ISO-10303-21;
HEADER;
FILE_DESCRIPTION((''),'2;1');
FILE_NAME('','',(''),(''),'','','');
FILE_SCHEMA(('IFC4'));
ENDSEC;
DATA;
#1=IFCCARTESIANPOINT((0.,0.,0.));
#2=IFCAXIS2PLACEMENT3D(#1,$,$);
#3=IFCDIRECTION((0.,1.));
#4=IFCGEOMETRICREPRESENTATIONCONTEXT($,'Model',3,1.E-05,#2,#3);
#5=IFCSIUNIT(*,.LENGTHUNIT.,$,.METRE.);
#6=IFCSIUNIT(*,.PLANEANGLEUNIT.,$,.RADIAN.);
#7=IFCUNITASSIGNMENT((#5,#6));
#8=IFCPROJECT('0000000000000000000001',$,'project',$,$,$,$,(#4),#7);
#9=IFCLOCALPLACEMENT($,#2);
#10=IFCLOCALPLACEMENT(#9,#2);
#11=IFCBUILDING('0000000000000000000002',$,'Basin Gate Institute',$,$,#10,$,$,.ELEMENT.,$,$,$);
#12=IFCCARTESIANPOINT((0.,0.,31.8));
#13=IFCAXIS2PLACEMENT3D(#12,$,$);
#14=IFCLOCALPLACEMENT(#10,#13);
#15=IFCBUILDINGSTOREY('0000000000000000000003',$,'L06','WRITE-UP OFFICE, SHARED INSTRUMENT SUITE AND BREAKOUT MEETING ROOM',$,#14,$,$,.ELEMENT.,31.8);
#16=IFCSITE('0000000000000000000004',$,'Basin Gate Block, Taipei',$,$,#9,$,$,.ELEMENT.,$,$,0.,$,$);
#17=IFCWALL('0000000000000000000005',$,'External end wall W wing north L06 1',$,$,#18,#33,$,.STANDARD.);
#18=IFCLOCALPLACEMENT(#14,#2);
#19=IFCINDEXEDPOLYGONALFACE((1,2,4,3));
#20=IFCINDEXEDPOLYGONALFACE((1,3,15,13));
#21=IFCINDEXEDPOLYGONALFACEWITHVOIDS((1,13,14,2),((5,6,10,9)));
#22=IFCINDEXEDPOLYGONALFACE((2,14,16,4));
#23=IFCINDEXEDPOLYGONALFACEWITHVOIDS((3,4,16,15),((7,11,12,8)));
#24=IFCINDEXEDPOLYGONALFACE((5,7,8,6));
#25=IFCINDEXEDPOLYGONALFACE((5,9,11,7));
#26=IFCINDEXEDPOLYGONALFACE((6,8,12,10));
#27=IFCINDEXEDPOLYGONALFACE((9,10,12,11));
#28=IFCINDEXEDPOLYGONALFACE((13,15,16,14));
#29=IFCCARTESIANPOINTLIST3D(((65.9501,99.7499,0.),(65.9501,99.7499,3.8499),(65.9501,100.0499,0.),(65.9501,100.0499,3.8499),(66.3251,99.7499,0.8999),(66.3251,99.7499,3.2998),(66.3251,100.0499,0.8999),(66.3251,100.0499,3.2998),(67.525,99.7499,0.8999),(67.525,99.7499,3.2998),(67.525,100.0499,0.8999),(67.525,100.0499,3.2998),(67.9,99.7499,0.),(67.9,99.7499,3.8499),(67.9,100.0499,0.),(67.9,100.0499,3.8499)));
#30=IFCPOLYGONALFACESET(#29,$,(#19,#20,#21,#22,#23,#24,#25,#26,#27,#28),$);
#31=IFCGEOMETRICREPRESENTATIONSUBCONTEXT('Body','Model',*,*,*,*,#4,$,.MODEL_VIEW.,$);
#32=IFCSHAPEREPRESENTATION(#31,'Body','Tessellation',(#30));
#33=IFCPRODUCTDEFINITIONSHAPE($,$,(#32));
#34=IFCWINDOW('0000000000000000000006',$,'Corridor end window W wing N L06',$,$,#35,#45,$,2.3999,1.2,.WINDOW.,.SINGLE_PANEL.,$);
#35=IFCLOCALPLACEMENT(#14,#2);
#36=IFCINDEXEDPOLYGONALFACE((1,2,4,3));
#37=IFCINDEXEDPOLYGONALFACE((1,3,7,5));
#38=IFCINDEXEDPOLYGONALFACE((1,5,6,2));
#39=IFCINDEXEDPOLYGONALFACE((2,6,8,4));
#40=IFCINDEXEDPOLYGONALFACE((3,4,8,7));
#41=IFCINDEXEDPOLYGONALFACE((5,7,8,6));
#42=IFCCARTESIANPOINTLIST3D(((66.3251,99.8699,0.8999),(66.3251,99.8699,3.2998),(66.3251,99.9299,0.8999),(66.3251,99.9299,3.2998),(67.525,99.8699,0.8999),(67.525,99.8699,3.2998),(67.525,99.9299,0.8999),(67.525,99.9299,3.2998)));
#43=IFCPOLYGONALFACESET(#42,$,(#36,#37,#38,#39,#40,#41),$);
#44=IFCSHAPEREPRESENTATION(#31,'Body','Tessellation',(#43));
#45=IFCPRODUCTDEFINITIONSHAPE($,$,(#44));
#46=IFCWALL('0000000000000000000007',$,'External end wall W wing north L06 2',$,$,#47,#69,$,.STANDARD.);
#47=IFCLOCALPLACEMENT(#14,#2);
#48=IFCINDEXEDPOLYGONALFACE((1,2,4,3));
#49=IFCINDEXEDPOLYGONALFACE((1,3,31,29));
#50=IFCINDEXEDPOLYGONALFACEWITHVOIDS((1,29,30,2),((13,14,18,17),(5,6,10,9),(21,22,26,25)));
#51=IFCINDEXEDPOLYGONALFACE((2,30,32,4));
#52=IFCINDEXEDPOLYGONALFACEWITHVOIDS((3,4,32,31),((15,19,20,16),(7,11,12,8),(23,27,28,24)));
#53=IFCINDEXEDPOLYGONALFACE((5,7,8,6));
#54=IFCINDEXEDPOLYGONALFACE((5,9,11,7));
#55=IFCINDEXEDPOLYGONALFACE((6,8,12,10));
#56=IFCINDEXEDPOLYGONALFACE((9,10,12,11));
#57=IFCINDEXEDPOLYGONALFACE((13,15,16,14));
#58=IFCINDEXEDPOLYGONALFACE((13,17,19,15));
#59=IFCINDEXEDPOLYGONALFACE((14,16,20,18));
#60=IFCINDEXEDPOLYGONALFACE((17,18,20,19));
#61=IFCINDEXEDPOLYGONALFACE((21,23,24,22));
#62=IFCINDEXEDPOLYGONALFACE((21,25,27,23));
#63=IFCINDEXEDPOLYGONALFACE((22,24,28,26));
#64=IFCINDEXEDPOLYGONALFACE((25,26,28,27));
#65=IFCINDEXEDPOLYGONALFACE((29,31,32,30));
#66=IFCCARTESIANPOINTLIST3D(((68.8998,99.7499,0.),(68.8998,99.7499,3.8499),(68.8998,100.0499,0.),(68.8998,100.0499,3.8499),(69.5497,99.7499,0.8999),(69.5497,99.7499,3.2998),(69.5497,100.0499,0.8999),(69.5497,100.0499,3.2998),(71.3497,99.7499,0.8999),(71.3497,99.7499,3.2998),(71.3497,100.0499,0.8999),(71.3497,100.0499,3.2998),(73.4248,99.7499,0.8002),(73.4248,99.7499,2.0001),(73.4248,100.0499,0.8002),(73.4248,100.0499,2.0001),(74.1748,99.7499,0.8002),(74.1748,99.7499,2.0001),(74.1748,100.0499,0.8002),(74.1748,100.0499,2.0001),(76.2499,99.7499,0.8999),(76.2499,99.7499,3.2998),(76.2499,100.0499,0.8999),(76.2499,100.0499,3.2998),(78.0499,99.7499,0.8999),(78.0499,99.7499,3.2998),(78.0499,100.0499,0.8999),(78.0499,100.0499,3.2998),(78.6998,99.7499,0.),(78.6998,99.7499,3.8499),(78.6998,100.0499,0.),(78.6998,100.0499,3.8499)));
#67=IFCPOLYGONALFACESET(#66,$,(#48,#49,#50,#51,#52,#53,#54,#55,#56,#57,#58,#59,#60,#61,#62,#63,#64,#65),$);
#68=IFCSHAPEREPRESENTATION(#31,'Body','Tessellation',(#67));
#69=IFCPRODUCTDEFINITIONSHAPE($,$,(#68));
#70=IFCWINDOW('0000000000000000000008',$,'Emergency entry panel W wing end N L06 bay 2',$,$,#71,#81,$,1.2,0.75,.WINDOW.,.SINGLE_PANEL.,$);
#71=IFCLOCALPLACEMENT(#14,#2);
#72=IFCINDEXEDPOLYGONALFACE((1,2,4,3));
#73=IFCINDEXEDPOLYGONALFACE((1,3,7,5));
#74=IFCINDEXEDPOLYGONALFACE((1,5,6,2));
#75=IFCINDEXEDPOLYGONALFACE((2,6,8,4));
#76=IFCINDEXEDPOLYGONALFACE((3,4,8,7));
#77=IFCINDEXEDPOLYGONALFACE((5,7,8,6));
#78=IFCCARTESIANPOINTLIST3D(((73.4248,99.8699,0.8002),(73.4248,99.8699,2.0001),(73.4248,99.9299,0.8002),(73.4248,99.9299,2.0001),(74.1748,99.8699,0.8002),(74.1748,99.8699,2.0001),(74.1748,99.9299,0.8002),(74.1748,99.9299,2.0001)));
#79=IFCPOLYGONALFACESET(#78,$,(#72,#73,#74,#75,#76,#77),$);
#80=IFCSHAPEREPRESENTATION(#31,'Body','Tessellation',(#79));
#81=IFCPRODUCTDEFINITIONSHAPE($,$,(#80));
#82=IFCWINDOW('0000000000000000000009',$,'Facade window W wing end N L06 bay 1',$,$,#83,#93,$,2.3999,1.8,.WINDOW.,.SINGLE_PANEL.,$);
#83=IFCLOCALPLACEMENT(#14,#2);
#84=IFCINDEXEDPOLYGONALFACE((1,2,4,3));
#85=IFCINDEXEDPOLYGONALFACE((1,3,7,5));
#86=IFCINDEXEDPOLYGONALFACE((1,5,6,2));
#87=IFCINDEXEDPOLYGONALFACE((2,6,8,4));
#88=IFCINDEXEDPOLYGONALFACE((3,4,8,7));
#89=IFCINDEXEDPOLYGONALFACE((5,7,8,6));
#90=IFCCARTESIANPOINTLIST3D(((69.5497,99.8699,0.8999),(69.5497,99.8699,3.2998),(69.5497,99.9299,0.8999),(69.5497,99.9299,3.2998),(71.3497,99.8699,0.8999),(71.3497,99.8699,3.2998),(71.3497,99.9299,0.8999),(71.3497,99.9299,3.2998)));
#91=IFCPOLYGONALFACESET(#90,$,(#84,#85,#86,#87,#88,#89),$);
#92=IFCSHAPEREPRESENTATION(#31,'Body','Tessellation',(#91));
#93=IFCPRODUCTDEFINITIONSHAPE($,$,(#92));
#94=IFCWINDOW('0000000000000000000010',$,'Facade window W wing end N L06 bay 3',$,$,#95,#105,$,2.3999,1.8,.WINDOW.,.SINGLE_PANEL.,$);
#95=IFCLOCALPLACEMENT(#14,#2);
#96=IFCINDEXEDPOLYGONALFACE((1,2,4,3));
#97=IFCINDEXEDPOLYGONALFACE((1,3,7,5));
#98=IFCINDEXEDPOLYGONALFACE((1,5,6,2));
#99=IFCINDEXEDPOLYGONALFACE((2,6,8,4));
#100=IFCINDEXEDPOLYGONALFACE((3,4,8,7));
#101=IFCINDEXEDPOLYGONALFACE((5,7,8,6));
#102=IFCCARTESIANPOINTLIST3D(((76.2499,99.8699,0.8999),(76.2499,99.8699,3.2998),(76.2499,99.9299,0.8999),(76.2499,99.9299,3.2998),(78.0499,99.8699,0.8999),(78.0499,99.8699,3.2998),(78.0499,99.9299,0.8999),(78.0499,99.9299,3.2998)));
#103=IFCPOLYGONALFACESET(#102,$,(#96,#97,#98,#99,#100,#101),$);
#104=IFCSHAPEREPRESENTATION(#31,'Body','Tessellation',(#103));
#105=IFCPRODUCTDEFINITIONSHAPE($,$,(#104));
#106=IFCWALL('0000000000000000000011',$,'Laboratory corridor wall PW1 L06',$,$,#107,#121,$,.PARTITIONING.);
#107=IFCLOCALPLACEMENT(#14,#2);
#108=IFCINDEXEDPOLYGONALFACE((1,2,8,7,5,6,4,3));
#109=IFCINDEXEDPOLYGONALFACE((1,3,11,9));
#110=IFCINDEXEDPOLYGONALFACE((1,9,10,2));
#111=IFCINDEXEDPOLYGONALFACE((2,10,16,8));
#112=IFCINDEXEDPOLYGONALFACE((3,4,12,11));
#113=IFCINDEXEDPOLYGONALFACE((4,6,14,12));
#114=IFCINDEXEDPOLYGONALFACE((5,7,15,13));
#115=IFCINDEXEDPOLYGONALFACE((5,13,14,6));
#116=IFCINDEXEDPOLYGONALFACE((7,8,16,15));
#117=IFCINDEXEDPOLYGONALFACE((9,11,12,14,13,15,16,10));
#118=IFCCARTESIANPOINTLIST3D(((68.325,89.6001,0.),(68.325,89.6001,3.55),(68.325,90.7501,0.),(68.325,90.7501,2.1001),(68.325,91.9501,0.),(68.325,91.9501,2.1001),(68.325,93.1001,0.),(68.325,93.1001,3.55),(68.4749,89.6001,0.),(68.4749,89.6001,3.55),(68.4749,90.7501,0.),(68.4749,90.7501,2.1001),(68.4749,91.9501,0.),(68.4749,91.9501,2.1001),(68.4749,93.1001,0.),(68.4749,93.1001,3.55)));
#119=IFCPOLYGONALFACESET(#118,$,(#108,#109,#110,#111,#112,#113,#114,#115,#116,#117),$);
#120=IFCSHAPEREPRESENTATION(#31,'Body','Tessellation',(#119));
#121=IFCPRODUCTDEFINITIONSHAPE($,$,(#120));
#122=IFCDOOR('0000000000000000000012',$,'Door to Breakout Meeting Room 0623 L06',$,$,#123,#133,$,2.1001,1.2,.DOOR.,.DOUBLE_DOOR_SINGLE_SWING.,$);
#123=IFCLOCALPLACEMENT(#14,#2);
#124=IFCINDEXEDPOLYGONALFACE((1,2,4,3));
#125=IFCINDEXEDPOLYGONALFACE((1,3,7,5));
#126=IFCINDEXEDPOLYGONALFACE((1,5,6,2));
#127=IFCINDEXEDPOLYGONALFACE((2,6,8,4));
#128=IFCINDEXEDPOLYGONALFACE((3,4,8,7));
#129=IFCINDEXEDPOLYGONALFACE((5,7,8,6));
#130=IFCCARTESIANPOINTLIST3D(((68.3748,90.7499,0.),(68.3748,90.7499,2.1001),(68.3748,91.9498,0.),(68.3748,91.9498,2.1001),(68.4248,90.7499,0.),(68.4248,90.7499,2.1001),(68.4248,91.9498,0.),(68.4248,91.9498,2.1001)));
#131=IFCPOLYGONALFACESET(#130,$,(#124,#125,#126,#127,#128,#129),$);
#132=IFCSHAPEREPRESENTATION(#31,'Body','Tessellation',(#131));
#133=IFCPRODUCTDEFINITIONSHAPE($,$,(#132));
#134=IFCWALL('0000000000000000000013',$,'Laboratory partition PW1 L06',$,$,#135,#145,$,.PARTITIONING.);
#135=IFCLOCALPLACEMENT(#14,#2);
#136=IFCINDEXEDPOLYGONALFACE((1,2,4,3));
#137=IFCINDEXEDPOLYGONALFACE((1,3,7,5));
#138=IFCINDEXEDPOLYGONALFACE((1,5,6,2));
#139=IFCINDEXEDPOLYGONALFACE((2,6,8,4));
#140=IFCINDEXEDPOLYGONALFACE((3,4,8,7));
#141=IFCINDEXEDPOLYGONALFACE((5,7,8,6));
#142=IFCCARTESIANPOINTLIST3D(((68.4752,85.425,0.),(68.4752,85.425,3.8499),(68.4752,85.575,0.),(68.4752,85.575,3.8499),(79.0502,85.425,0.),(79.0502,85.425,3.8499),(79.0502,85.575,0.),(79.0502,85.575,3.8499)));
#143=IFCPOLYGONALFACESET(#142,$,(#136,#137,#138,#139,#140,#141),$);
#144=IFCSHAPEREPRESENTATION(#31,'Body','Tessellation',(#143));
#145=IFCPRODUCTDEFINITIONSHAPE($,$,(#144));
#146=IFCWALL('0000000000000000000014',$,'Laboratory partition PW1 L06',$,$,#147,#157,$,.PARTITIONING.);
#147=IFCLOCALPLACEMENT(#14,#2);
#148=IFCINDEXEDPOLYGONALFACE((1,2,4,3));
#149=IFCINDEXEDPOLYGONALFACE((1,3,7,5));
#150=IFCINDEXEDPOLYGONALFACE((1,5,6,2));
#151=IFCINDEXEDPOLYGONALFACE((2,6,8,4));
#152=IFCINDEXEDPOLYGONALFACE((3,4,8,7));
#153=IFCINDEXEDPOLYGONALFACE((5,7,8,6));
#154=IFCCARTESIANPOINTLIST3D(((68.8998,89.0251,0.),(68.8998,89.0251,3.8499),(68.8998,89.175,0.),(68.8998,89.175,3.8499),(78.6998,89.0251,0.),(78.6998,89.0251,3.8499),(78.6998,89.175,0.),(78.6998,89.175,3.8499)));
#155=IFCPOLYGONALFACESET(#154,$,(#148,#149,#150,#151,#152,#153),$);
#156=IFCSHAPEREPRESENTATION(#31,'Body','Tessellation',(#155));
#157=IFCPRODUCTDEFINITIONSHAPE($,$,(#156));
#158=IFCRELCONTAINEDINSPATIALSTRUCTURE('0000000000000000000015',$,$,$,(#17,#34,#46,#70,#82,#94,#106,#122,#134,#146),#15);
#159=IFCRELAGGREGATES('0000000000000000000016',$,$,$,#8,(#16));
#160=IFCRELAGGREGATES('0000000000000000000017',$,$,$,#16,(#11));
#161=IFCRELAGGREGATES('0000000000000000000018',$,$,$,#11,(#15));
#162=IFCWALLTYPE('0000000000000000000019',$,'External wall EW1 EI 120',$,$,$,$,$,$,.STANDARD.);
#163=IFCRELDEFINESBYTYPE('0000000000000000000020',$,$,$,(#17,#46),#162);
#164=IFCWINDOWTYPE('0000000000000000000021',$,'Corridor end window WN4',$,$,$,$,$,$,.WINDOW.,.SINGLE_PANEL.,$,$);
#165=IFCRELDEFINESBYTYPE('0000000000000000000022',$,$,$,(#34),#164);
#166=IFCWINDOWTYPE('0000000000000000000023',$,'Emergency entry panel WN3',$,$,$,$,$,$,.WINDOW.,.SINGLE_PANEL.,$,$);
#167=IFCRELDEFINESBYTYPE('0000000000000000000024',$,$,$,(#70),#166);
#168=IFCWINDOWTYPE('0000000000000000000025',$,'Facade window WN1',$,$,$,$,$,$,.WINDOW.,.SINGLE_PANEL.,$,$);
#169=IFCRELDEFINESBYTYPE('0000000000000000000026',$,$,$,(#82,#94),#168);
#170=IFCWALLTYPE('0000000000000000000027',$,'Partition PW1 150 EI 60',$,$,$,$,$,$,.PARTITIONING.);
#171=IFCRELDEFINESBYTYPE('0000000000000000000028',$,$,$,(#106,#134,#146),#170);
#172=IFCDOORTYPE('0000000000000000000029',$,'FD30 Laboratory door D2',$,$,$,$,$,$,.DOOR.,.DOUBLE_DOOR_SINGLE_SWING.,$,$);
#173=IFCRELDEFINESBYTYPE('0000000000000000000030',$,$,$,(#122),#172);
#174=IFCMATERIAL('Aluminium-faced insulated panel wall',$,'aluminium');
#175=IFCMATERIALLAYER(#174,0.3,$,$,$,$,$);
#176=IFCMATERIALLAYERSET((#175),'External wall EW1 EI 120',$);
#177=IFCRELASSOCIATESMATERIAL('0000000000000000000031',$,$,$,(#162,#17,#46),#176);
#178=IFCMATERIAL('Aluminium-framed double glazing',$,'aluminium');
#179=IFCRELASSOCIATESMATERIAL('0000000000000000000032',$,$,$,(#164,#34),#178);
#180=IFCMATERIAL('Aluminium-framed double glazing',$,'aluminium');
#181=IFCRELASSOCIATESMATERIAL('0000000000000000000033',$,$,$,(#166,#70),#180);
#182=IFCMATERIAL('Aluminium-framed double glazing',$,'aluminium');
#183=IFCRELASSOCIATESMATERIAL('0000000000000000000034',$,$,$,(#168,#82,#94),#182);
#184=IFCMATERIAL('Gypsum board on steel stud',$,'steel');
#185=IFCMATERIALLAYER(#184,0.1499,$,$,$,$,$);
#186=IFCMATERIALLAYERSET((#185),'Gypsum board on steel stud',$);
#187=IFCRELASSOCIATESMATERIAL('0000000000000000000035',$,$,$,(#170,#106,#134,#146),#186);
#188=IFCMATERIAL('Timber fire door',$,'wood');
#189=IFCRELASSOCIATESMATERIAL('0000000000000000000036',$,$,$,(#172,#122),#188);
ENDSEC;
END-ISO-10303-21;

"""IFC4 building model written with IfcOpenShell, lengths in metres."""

from ifc_helpers import new_model, si_unit, direction, frame, frame_2d, origin, place, context, subcontext, project, spatial, rectangle, extrude, material, layer, layer_set, type_object, element, fill, save


model = new_model("IFC4")

# Units and contexts
model_context = context("Model", 3, precision=1e-05, world=origin(), true_north=direction((0.0, 1.0)))
body_context = subcontext(model_context, "Body", "Model", "MODEL_VIEW")
ifc_project = project(units=[si_unit("LENGTHUNIT", "METRE"), si_unit("PLANEANGLEUNIT", "RADIAN")], contexts=[model_context])

# Site, building, storey
site_placement = place(None, origin())
site = spatial("IfcSite", under=ifc_project, at=site_placement, Name="Basin Gate Block, Taipei", CompositionType="ELEMENT", RefElevation=0.0)
building_placement = place(site_placement, origin())
building = spatial("IfcBuilding", under=site, at=building_placement, Name="Basin Gate Institute", CompositionType="ELEMENT")
storey_placement = place(building_placement, frame((0.0, 0.0, 31.8)))
storey = spatial("IfcBuildingStorey", under=building, at=storey_placement, Name="L06", Description="WRITE-UP OFFICE, SHARED INSTRUMENT SUITE AND BREAKOUT MEETING ROOM", CompositionType="ELEMENT", Elevation=31.8)

# Wall, opening, window
ifc_material_1 = material(Name="Aluminium-faced insulated panel wall", Category="aluminium")
ifc_layer_1 = layer(ifc_material_1, 0.3)
ifc_layer_set_1 = layer_set([ifc_layer_1], Name="External wall EW1 EI 120")
wall_type_1 = type_object("IfcWallType", Name="External wall EW1 EI 120", PredefinedType="STANDARD", material=ifc_layer_set_1)
wall_1_placement = place(storey_placement, frame((65.95, 99.8999, 0.0), z_axis=(0.0, 0.0, 1.0), x_axis=(1.0, 0.0, 0.0)))
wall_1 = element("IfcWall", 1, at=wall_1_placement, inside=storey, type_object=wall_type_1, material=ifc_layer_set_1, Name="External end wall W wing north L06 1", PredefinedType="STANDARD", context=body_context, shape_type="SweptSolid", body=[
    extrude(rectangle(XDim=1.95, YDim=0.3, at=frame_2d((0.9751, 0.0))), origin(), (0.0, 0.0, 1.0), 3.8499),
])
opening_1_placement = place(wall_1_placement, frame((0.375, 0.0, 0.8999)))
opening_1 = element("IfcOpeningElement", 2, at=opening_1_placement, cuts=wall_1, PredefinedType="OPENING", context=body_context, shape_type="SweptSolid", body=[
    extrude(rectangle(XDim=1.2, YDim=2.3999, at=frame_2d((0.6001, 1.2))), frame((0.0, 0.1602, 0.0), z_axis=(0.0, -1.0, 0.0), x_axis=(1.0, 0.0, 0.0)), (0.0, 0.0, 1.0), 0.3201),
])
ifc_material_2 = material(Name="Aluminium-framed double glazing", Category="aluminium")
window_type_1 = type_object("IfcWindowType", Name="Corridor end window WN4", PartitioningType="SINGLE_PANEL", PredefinedType="WINDOW", material=ifc_material_2)
window_1_placement = place(opening_1_placement, origin())
window_1 = element("IfcWindow", 3, at=window_1_placement, inside=storey, type_object=window_type_1, material=ifc_material_2, Name="Corridor end window W wing N L06", OverallHeight=2.3999, OverallWidth=1.2, PartitioningType="SINGLE_PANEL", PredefinedType="WINDOW", context=body_context, shape_type="SweptSolid", body=[
    extrude(rectangle(XDim=1.2, YDim=2.3999, at=frame_2d((0.6001, 1.2))), frame((0.0, 0.03, 0.0), z_axis=(0.0, -1.0, 0.0), x_axis=(1.0, 0.0, 0.0)), (0.0, 0.0, 1.0), 0.0601),
])
fill(opening_1, window_1)

# Wall, openings, windows
wall_2_placement = place(storey_placement, frame((68.8999, 99.8999, 0.0), z_axis=(0.0, 0.0, 1.0), x_axis=(1.0, 0.0, 0.0)))
wall_2 = element("IfcWall", 4, at=wall_2_placement, inside=storey, type_object=wall_type_1, material=ifc_layer_set_1, Name="External end wall W wing north L06 2", PredefinedType="STANDARD", context=body_context, shape_type="SweptSolid", body=[
    extrude(rectangle(XDim=9.8, YDim=0.3, at=frame_2d((4.8999, 0.0))), origin(), (0.0, 0.0, 1.0), 3.8499),
])
opening_2_placement = place(wall_2_placement, frame((0.6499, 0.0, 0.8999)))
opening_2 = element("IfcOpeningElement", 5, at=opening_2_placement, cuts=wall_2, PredefinedType="OPENING", context=body_context, shape_type="SweptSolid", body=[
    extrude(rectangle(XDim=1.8, YDim=2.3999, at=frame_2d((0.8999, 1.2))), frame((0.0, 0.1602, 0.0), z_axis=(0.0, -1.0, 0.0), x_axis=(1.0, 0.0, 0.0)), (0.0, 0.0, 1.0), 0.3201),
])
opening_3_placement = place(wall_2_placement, frame((4.5249, 0.0, 0.8)))
opening_3 = element("IfcOpeningElement", 6, at=opening_3_placement, cuts=wall_2, PredefinedType="OPENING", context=body_context, shape_type="SweptSolid", body=[
    extrude(rectangle(XDim=0.75, YDim=1.2, at=frame_2d((0.375, 0.6001))), frame((0.0, 0.1602, 0.0), z_axis=(0.0, -1.0, 0.0), x_axis=(1.0, 0.0, 0.0)), (0.0, 0.0, 1.0), 0.3201),
])
opening_4_placement = place(wall_2_placement, frame((7.3501, 0.0, 0.8999)))
opening_4 = element("IfcOpeningElement", 7, at=opening_4_placement, cuts=wall_2, PredefinedType="OPENING", context=body_context, shape_type="SweptSolid", body=[
    extrude(rectangle(XDim=1.8, YDim=2.3999, at=frame_2d((0.8999, 1.2))), frame((0.0, 0.1602, 0.0), z_axis=(0.0, -1.0, 0.0), x_axis=(1.0, 0.0, 0.0)), (0.0, 0.0, 1.0), 0.3201),
])
ifc_material_3 = material(Name="Aluminium-framed double glazing", Category="aluminium")
window_type_2 = type_object("IfcWindowType", Name="Emergency entry panel WN3", PartitioningType="SINGLE_PANEL", PredefinedType="WINDOW", material=ifc_material_3)
window_2_placement = place(opening_3_placement, origin())
window_2 = element("IfcWindow", 8, at=window_2_placement, inside=storey, type_object=window_type_2, material=ifc_material_3, Name="Emergency entry panel W wing end N L06 bay 2", OverallHeight=1.2, OverallWidth=0.75, PartitioningType="SINGLE_PANEL", PredefinedType="WINDOW", context=body_context, shape_type="SweptSolid", body=[
    extrude(rectangle(XDim=0.75, YDim=1.2, at=frame_2d((0.375, 0.6001))), frame((0.0, 0.03, 0.0), z_axis=(0.0, -1.0, 0.0), x_axis=(1.0, 0.0, 0.0)), (0.0, 0.0, 1.0), 0.0601),
])
fill(opening_3, window_2)
ifc_material_4 = material(Name="Aluminium-framed double glazing", Category="aluminium")
window_type_3 = type_object("IfcWindowType", Name="Facade window WN1", PartitioningType="SINGLE_PANEL", PredefinedType="WINDOW", material=ifc_material_4)
window_3_placement = place(opening_2_placement, origin())
window_3 = element("IfcWindow", 9, at=window_3_placement, inside=storey, type_object=window_type_3, material=ifc_material_4, Name="Facade window W wing end N L06 bay 1", OverallHeight=2.3999, OverallWidth=1.8, PartitioningType="SINGLE_PANEL", PredefinedType="WINDOW", context=body_context, shape_type="SweptSolid", body=[
    extrude(rectangle(XDim=1.8, YDim=2.3999, at=frame_2d((0.8999, 1.2))), frame((0.0, 0.03, 0.0), z_axis=(0.0, -1.0, 0.0), x_axis=(1.0, 0.0, 0.0)), (0.0, 0.0, 1.0), 0.0601),
])
fill(opening_2, window_3)
window_4_placement = place(opening_4_placement, origin())
window_4 = element("IfcWindow", 10, at=window_4_placement, inside=storey, type_object=window_type_3, material=ifc_material_4, Name="Facade window W wing end N L06 bay 3", OverallHeight=2.3999, OverallWidth=1.8, PartitioningType="SINGLE_PANEL", PredefinedType="WINDOW", context=body_context, shape_type="SweptSolid", body=[
    extrude(rectangle(XDim=1.8, YDim=2.3999, at=frame_2d((0.8999, 1.2))), frame((0.0, 0.03, 0.0), z_axis=(0.0, -1.0, 0.0), x_axis=(1.0, 0.0, 0.0)), (0.0, 0.0, 1.0), 0.0601),
])
fill(opening_4, window_4)

# Wall, opening, door
ifc_material_5 = material(Name="Gypsum board on steel stud", Category="steel")
ifc_layer_2 = layer(ifc_material_5, 0.1499)
ifc_layer_set_2 = layer_set([ifc_layer_2], Name="Gypsum board on steel stud")
wall_type_2 = type_object("IfcWallType", Name="Partition PW1 150 EI 60", PredefinedType="PARTITIONING", material=ifc_layer_set_2)
wall_3_placement = place(storey_placement, frame((68.3999, 89.6001, 0.0), z_axis=(0.0, 0.0, 1.0), x_axis=(0.0, 1.0, 0.0)))
wall_3 = element("IfcWall", 11, at=wall_3_placement, inside=storey, type_object=wall_type_2, material=ifc_layer_set_2, Name="Laboratory corridor wall PW1 L06", PredefinedType="PARTITIONING", context=body_context, shape_type="SweptSolid", body=[
    extrude(rectangle(XDim=3.5, YDim=0.1499, at=frame_2d((1.75, 0.0))), origin(), (0.0, 0.0, 1.0), 3.55),
])
opening_5_placement = place(wall_3_placement, frame((1.1499, 0.0, 0.0)))
opening_5 = element("IfcOpeningElement", 12, at=opening_5_placement, cuts=wall_3, PredefinedType="OPENING", context=body_context, shape_type="SweptSolid", body=[
    extrude(rectangle(XDim=1.2, YDim=2.1001, at=frame_2d((0.6001, 1.05))), frame((0.0, 0.085, 0.0), z_axis=(0.0, -1.0, 0.0), x_axis=(1.0, 0.0, 0.0)), (0.0, 0.0, 1.0), 0.1699),
])
ifc_material_6 = material(Name="Timber fire door", Category="wood")
door_type = type_object("IfcDoorType", Name="FD30 Laboratory door D2", OperationType="DOUBLE_DOOR_SINGLE_SWING", PredefinedType="DOOR", material=ifc_material_6)
door_placement = place(opening_5_placement, frame((1.2, 0.0, 0.0), z_axis=(0.0, 0.0, 1.0), x_axis=(-1.0, 0.0, 0.0)))
door = element("IfcDoor", 13, at=door_placement, inside=storey, type_object=door_type, material=ifc_material_6, Name="Door to Breakout Meeting Room 0623 L06", OperationType="DOUBLE_DOOR_SINGLE_SWING", OverallHeight=2.1001, OverallWidth=1.2, PredefinedType="DOOR", context=body_context, shape_type="SweptSolid", body=[
    extrude(rectangle(XDim=1.2, YDim=2.1001, at=frame_2d((0.6001, 1.05))), frame((0.0, 0.0249, 0.0), z_axis=(0.0, -1.0, 0.0), x_axis=(1.0, 0.0, 0.0)), (0.0, 0.0, 1.0), 0.05),
])
fill(opening_5, door)

# Walls
wall_4_placement = place(storey_placement, frame((68.4751, 85.5, 0.0), z_axis=(0.0, 0.0, 1.0), x_axis=(1.0, 0.0, 0.0)))
element("IfcWall", 14, at=wall_4_placement, inside=storey, type_object=wall_type_2, material=ifc_layer_set_2, Name="Laboratory partition PW1 L06", PredefinedType="PARTITIONING", context=body_context, shape_type="SweptSolid", body=[
    extrude(rectangle(XDim=10.575, YDim=0.1499, at=frame_2d((5.2876, 0.0))), origin(), (0.0, 0.0, 1.0), 3.8499),
])
wall_5_placement = place(storey_placement, frame((68.8999, 89.1001, 0.0), z_axis=(0.0, 0.0, 1.0), x_axis=(1.0, 0.0, 0.0)))
element("IfcWall", 15, at=wall_5_placement, inside=storey, type_object=wall_type_2, material=ifc_layer_set_2, Name="Laboratory partition PW1 L06", PredefinedType="PARTITIONING", context=body_context, shape_type="SweptSolid", body=[
    extrude(rectangle(XDim=9.8, YDim=0.1499, at=frame_2d((4.8999, 0.0))), origin(), (0.0, 0.0, 1.0), 3.8499),
])

save(model, "model.ifc")
